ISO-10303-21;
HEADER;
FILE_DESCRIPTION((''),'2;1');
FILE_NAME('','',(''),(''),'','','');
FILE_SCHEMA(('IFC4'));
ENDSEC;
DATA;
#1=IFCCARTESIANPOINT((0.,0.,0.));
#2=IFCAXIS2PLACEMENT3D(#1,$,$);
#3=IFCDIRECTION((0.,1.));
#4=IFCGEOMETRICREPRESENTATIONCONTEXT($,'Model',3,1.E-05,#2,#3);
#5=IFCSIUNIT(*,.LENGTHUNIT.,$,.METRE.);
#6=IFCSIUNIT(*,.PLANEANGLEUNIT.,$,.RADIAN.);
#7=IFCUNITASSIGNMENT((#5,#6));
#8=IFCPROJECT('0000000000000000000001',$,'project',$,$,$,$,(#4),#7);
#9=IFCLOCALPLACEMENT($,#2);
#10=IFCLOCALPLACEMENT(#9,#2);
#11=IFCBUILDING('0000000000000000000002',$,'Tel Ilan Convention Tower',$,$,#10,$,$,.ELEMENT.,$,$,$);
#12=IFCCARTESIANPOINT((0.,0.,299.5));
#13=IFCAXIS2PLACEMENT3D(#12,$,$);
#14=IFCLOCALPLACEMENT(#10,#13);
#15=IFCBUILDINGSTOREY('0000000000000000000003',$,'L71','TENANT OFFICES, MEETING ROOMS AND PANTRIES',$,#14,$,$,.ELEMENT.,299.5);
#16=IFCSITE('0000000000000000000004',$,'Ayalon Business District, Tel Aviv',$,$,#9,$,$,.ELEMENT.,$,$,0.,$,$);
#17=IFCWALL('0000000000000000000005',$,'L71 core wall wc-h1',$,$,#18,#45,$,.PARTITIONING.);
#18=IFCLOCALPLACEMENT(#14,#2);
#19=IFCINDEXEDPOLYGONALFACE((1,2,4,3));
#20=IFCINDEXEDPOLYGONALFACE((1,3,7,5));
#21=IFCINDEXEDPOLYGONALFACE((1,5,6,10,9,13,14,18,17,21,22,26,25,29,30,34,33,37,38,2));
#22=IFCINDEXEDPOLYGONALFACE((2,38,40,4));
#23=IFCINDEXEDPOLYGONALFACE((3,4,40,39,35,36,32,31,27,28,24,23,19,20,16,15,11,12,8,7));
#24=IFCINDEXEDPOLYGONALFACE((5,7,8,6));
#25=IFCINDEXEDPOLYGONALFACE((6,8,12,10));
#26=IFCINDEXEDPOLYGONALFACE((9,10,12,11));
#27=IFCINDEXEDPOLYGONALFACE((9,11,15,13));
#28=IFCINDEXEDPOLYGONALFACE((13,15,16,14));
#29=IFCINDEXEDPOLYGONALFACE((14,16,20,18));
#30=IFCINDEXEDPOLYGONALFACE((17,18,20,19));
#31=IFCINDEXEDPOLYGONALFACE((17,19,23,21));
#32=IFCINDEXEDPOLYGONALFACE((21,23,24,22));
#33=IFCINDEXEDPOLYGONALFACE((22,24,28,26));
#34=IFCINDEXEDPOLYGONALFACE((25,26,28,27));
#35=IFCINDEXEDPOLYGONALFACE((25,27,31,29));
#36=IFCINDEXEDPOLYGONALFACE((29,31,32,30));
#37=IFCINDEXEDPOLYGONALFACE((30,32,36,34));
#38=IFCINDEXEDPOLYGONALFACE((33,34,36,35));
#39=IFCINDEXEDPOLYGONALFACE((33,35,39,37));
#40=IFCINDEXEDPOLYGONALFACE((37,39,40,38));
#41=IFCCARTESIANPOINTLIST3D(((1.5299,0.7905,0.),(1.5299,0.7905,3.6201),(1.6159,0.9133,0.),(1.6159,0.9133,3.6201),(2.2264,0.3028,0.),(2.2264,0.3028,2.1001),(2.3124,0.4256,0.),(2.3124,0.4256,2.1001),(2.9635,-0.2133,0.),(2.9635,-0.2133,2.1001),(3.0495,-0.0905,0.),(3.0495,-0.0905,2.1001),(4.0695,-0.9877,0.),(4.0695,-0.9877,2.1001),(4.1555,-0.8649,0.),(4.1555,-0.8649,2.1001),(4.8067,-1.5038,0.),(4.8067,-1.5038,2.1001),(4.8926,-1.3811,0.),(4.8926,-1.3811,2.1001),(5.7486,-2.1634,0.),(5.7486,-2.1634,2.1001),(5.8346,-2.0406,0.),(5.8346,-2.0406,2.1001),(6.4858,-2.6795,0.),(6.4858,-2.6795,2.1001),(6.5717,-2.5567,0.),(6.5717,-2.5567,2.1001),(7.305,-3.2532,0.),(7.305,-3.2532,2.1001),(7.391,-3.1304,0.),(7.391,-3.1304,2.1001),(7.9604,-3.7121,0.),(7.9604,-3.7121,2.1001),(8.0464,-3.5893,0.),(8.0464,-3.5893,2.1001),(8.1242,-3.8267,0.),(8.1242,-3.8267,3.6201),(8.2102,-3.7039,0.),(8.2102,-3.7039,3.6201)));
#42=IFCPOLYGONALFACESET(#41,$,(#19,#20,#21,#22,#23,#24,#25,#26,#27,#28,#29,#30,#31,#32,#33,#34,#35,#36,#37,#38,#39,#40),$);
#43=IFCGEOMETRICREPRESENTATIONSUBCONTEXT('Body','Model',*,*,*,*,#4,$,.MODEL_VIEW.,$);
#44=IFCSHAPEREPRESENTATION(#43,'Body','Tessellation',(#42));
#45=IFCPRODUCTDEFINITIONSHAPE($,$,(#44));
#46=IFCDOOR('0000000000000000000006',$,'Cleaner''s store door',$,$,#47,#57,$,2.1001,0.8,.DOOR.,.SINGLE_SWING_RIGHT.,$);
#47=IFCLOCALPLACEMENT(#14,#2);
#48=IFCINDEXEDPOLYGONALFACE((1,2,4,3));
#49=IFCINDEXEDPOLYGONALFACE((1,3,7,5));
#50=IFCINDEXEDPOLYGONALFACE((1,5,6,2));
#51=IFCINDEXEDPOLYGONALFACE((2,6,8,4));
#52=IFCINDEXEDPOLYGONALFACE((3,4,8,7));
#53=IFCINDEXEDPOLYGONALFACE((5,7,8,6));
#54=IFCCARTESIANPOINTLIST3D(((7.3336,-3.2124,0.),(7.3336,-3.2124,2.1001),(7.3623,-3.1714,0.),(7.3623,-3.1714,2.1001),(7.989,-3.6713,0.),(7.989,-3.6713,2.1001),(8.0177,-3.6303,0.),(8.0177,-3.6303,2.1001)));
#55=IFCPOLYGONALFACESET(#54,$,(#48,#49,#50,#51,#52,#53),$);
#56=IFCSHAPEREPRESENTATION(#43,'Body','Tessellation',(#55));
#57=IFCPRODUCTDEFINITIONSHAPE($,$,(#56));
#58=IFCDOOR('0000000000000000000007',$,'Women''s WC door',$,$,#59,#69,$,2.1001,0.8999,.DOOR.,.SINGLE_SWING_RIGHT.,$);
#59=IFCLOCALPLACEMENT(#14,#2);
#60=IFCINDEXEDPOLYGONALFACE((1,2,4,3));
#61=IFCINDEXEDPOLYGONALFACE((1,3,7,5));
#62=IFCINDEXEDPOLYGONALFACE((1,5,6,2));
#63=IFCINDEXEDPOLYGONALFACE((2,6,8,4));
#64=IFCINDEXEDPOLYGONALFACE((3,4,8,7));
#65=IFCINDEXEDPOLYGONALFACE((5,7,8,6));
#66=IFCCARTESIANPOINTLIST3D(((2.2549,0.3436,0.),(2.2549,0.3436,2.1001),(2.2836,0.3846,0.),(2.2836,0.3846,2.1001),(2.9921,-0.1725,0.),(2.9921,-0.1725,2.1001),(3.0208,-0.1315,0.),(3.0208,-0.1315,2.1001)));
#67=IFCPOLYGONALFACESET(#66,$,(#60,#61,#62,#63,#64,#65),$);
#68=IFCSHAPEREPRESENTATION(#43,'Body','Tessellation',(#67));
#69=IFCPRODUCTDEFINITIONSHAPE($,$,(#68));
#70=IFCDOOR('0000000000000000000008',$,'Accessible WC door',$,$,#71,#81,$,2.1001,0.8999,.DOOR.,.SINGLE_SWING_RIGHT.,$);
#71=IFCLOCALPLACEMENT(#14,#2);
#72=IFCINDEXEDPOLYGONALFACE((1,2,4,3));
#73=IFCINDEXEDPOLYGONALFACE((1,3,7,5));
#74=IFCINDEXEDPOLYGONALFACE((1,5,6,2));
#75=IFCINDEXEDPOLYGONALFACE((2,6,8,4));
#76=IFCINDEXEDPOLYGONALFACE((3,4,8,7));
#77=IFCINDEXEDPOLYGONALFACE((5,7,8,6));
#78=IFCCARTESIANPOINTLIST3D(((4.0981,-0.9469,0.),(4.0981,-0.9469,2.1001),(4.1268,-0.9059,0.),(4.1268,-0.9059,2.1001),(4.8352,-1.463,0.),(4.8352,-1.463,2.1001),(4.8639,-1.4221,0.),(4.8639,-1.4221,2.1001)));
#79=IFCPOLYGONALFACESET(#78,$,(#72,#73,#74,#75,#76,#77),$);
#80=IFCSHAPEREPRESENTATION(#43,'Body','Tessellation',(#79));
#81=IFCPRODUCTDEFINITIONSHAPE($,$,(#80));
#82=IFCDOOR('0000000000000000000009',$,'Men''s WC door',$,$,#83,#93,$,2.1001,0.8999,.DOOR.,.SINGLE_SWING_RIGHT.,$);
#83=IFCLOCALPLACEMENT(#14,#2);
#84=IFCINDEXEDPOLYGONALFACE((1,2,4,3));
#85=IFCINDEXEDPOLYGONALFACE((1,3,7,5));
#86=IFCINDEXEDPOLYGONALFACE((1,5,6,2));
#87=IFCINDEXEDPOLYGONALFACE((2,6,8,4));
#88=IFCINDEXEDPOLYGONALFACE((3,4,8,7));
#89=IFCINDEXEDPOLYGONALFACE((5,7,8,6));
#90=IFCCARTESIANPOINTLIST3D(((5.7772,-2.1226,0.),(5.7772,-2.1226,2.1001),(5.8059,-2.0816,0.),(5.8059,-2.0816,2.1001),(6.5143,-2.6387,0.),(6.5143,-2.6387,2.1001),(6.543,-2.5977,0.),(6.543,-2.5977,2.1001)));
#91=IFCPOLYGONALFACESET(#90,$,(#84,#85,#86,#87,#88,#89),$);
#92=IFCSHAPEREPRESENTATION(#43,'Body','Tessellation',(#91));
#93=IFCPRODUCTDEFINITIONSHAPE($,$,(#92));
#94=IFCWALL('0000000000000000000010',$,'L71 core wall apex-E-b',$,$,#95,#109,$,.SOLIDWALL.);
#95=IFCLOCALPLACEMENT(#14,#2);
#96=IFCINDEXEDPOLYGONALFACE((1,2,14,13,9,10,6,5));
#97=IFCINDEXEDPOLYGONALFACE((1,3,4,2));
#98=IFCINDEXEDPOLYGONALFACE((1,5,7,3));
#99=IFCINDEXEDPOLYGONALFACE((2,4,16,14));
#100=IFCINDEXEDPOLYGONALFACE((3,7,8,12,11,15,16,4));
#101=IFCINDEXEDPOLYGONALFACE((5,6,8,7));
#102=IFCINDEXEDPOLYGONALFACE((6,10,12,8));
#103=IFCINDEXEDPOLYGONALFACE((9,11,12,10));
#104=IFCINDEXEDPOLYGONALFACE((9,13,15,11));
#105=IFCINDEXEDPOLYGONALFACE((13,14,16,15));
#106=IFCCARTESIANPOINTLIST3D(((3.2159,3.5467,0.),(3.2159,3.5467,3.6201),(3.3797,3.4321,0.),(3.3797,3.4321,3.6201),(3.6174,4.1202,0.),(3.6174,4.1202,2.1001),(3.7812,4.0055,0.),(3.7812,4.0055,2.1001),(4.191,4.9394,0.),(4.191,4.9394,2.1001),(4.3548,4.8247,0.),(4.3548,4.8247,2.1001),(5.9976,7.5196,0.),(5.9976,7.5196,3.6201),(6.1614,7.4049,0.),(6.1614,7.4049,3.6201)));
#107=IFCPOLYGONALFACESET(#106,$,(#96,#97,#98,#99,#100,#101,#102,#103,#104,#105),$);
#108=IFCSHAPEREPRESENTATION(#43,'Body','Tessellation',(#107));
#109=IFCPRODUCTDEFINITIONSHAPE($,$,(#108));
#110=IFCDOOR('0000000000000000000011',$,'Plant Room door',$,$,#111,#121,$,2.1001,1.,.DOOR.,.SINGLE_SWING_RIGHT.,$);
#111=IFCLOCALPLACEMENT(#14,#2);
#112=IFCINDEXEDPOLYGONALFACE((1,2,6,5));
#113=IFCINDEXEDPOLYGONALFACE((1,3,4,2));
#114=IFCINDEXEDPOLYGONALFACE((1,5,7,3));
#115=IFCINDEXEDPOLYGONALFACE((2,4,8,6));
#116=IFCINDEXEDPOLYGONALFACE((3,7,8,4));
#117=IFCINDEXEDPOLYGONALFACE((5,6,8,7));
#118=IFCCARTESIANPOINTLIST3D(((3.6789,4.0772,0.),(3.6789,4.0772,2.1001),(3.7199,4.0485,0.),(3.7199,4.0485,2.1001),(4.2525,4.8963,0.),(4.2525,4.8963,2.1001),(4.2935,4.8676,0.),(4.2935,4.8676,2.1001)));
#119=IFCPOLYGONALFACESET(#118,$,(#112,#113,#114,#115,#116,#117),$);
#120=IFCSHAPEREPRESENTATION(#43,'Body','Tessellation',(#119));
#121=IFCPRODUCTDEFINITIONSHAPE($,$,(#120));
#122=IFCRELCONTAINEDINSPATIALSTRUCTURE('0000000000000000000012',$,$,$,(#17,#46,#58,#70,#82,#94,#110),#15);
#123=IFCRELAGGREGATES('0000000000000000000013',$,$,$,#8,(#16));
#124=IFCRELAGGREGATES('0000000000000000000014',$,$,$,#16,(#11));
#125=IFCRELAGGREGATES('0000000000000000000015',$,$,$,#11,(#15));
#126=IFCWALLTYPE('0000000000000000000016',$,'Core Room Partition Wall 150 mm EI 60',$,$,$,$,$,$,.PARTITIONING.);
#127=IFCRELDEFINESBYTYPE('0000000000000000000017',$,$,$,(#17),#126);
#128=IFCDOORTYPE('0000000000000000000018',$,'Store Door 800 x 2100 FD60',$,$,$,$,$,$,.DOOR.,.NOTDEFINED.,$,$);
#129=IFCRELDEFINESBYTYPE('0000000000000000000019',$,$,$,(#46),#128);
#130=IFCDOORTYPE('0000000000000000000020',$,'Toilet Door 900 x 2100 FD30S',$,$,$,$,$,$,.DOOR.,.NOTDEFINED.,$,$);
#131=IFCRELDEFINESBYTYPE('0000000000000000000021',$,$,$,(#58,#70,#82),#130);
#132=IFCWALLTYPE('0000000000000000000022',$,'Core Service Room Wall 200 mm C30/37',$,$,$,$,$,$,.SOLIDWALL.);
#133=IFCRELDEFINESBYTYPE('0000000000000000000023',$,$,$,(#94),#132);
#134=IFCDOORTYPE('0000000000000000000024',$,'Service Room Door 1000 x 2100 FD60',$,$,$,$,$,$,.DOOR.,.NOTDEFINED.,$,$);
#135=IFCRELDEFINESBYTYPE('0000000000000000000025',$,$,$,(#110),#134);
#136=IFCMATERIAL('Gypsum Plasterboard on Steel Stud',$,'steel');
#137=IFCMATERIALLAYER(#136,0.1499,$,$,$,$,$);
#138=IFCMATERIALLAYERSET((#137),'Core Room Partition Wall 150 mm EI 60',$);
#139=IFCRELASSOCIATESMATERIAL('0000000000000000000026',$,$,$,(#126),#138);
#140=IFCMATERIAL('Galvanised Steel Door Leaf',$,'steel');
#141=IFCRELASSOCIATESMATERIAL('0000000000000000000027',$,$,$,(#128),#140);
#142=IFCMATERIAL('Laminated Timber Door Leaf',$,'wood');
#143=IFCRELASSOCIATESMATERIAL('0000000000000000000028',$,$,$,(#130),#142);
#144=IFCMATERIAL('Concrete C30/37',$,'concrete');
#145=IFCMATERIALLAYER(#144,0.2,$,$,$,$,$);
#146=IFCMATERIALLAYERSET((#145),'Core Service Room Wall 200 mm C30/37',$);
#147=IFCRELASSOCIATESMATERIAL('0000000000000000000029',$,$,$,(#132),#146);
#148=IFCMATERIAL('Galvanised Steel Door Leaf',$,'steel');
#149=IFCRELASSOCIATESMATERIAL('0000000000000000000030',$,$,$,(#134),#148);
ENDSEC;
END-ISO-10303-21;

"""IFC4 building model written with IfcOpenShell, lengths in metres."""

from ifc_helpers import new_model, si_unit, direction, frame, frame_2d, origin, place, context, subcontext, project, spatial, rectangle, extrude, material, layer, layer_set, type_object, element, fill, save


model = new_model("IFC4")

# Units and contexts
model_context = context("Model", 3, precision=1e-05, world=origin(), true_north=direction((0.0, 1.0)))
body_context = subcontext(model_context, "Body", "Model", "MODEL_VIEW")
ifc_project = project(units=[si_unit("LENGTHUNIT", "METRE"), si_unit("PLANEANGLEUNIT", "RADIAN")], contexts=[model_context])

# Site, building, storey
site_placement = place(None, origin())
site = spatial("IfcSite", under=ifc_project, at=site_placement, Name="Ayalon Business District, Tel Aviv", CompositionType="ELEMENT", RefElevation=0.0)
building_placement = place(site_placement, origin())
building = spatial("IfcBuilding", under=site, at=building_placement, Name="Tel Ilan Convention Tower", CompositionType="ELEMENT")
storey_placement = place(building_placement, frame((0.0, 0.0, 299.5)))
storey = spatial("IfcBuildingStorey", under=building, at=storey_placement, Name="L71", Description="TENANT OFFICES, MEETING ROOMS AND PANTRIES", CompositionType="ELEMENT", Elevation=299.5)

# Wall, openings, doors
ifc_material_1 = material(Name="Gypsum Plasterboard on Steel Stud", Category="steel")
ifc_layer_1 = layer(ifc_material_1, 0.1499)
ifc_layer_set_1 = layer_set([ifc_layer_1], Name="Core Room Partition Wall 150 mm EI 60")
wall_type_1 = type_object("IfcWallType", Name="Core Room Partition Wall 150 mm EI 60", PredefinedType="PARTITIONING", material=ifc_layer_set_1)
wall_1_placement = place(storey_placement, frame((1.573, 0.8518, 0.0), z_axis=(0.0, 0.0, 1.0), x_axis=(0.819161, -0.573564, 0.0)))
wall_1 = element("IfcWall", 1, at=wall_1_placement, inside=storey, type_object=wall_type_1, Name="L71 core wall wc-h1", PredefinedType="PARTITIONING", context=body_context, shape_type="SweptSolid", body=[
    extrude(rectangle(XDim=8.05, YDim=0.1499, at=frame_2d((4.0249, 0.0))), origin(), (0.0, 0.0, 1.0), 3.6201),
])
opening_1_placement = place(wall_1_placement, frame((0.8501, 0.0, 0.0)))
opening_1 = element("IfcOpeningElement", 2, at=opening_1_placement, cuts=wall_1, PredefinedType="OPENING", context=body_context, shape_type="SweptSolid", body=[
    extrude(rectangle(XDim=0.8999, YDim=2.1001, at=frame_2d((0.45, 1.05))), frame((0.0, 0.085, 0.0), z_axis=(0.0, -1.0, 0.0), x_axis=(1.0, 0.0, 0.0)), (0.0, 0.0, 1.0), 0.1699),
])
opening_2_placement = place(wall_1_placement, frame((3.1001, 0.0, 0.0)))
opening_2 = element("IfcOpeningElement", 3, at=opening_2_placement, cuts=wall_1, PredefinedType="OPENING", context=body_context, shape_type="SweptSolid", body=[
    extrude(rectangle(XDim=0.8999, YDim=2.1001, at=frame_2d((0.45, 1.05))), frame((0.0, 0.085, 0.0), z_axis=(0.0, -1.0, 0.0), x_axis=(1.0, 0.0, 0.0)), (0.0, 0.0, 1.0), 0.1699),
])
opening_3_placement = place(wall_1_placement, frame((5.1499, 0.0, 0.0)))
opening_3 = element("IfcOpeningElement", 4, at=opening_3_placement, cuts=wall_1, PredefinedType="OPENING", context=body_context, shape_type="SweptSolid", body=[
    extrude(rectangle(XDim=0.8999, YDim=2.1001, at=frame_2d((0.45, 1.05))), frame((0.0, 0.085, 0.0), z_axis=(0.0, -1.0, 0.0), x_axis=(1.0, 0.0, 0.0)), (0.0, 0.0, 1.0), 0.1699),
])
opening_4_placement = place(wall_1_placement, frame((7.05, 0.0, 0.0)))
opening_4 = element("IfcOpeningElement", 5, at=opening_4_placement, cuts=wall_1, PredefinedType="OPENING", context=body_context, shape_type="SweptSolid", body=[
    extrude(rectangle(XDim=0.8, YDim=2.1001, at=frame_2d((0.3999, 1.05))), frame((0.0, 0.085, 0.0), z_axis=(0.0, -1.0, 0.0), x_axis=(1.0, 0.0, 0.0)), (0.0, 0.0, 1.0), 0.1699),
])
ifc_material_2 = material(Name="Galvanised Steel Door Leaf", Category="steel")
door_type_1 = type_object("IfcDoorType", Name="Store Door 800 x 2100 FD60", OperationType="NOTDEFINED", PredefinedType="DOOR", material=ifc_material_2)
door_1_placement = place(opening_4_placement, origin())
door_1 = element("IfcDoor", 6, at=door_1_placement, inside=storey, type_object=door_type_1, Name="Cleaner's store door", OperationType="SINGLE_SWING_RIGHT", OverallHeight=2.1001, OverallWidth=0.8, PredefinedType="DOOR", context=body_context, shape_type="SweptSolid", body=[
    extrude(rectangle(XDim=0.8, YDim=2.1001, at=frame_2d((0.3999, 1.05))), frame((0.0, 0.0249, 0.0), z_axis=(0.0, -1.0, 0.0), x_axis=(1.0, 0.0, 0.0)), (0.0, 0.0, 1.0), 0.05),
])
fill(opening_4, door_1)
ifc_material_3 = material(Name="Laminated Timber Door Leaf", Category="wood")
door_type_2 = type_object("IfcDoorType", Name="Toilet Door 900 x 2100 FD30S", OperationType="NOTDEFINED", PredefinedType="DOOR", material=ifc_material_3)
door_2_placement = place(opening_1_placement, origin())
door_2 = element("IfcDoor", 7, at=door_2_placement, inside=storey, type_object=door_type_2, Name="Women's WC door", OperationType="SINGLE_SWING_RIGHT", OverallHeight=2.1001, OverallWidth=0.8999, PredefinedType="DOOR", context=body_context, shape_type="SweptSolid", body=[
    extrude(rectangle(XDim=0.8999, YDim=2.1001, at=frame_2d((0.45, 1.05))), frame((0.0, 0.0249, 0.0), z_axis=(0.0, -1.0, 0.0), x_axis=(1.0, 0.0, 0.0)), (0.0, 0.0, 1.0), 0.05),
])
fill(opening_1, door_2)
door_3_placement = place(opening_2_placement, origin())
door_3 = element("IfcDoor", 8, at=door_3_placement, inside=storey, type_object=door_type_2, Name="Accessible WC door", OperationType="SINGLE_SWING_RIGHT", OverallHeight=2.1001, OverallWidth=0.8999, PredefinedType="DOOR", context=body_context, shape_type="SweptSolid", body=[
    extrude(rectangle(XDim=0.8999, YDim=2.1001, at=frame_2d((0.45, 1.05))), frame((0.0, 0.0249, 0.0), z_axis=(0.0, -1.0, 0.0), x_axis=(1.0, 0.0, 0.0)), (0.0, 0.0, 1.0), 0.05),
])
fill(opening_2, door_3)
door_4_placement = place(opening_3_placement, origin())
door_4 = element("IfcDoor", 9, at=door_4_placement, inside=storey, type_object=door_type_2, Name="Men's WC door", OperationType="SINGLE_SWING_RIGHT", OverallHeight=2.1001, OverallWidth=0.8999, PredefinedType="DOOR", context=body_context, shape_type="SweptSolid", body=[
    extrude(rectangle(XDim=0.8999, YDim=2.1001, at=frame_2d((0.45, 1.05))), frame((0.0, 0.0249, 0.0), z_axis=(0.0, -1.0, 0.0), x_axis=(1.0, 0.0, 0.0)), (0.0, 0.0, 1.0), 0.05),
])
fill(opening_3, door_4)

# Wall, opening, door
ifc_material_4 = material(Name="Concrete C30/37", Category="concrete")
ifc_layer_2 = layer(ifc_material_4, 0.2)
ifc_layer_set_2 = layer_set([ifc_layer_2], Name="Core Service Room Wall 200 mm C30/37")
wall_type_2 = type_object("IfcWallType", Name="Core Service Room Wall 200 mm C30/37", PredefinedType="SOLIDWALL", material=ifc_layer_set_2)
wall_2_placement = place(storey_placement, frame((3.2979, 3.4895, 0.0), z_axis=(0.0, 0.0, 1.0), x_axis=(0.57356, 0.819163, 0.0)))
wall_2 = element("IfcWall", 10, at=wall_2_placement, inside=storey, type_object=wall_type_2, Name="L71 core wall apex-E-b", PredefinedType="SOLIDWALL", context=body_context, shape_type="SweptSolid", body=[
    extrude(rectangle(XDim=4.8499, YDim=0.2, at=frame_2d((2.4248, 0.0))), origin(), (0.0, 0.0, 1.0), 3.6201),
])
opening_5_placement = place(wall_2_placement, frame((0.7, 0.0, 0.0)))
opening_5 = element("IfcOpeningElement", 11, at=opening_5_placement, cuts=wall_2, PredefinedType="OPENING", context=body_context, shape_type="SweptSolid", body=[
    extrude(rectangle(XDim=1.0, YDim=2.1001, at=frame_2d((0.5, 1.05))), frame((0.0, 0.1099, 0.0), z_axis=(0.0, -1.0, 0.0), x_axis=(1.0, 0.0, 0.0)), (0.0, 0.0, 1.0), 0.22),
])
ifc_material_5 = material(Name="Galvanised Steel Door Leaf", Category="steel")
door_type_3 = type_object("IfcDoorType", Name="Service Room Door 1000 x 2100 FD60", OperationType="NOTDEFINED", PredefinedType="DOOR", material=ifc_material_5)
door_5_placement = place(opening_5_placement, origin())
door_5 = element("IfcDoor", 12, at=door_5_placement, inside=storey, type_object=door_type_3, Name="Plant Room door", OperationType="SINGLE_SWING_RIGHT", OverallHeight=2.1001, OverallWidth=1.0, PredefinedType="DOOR", context=body_context, shape_type="SweptSolid", body=[
    extrude(rectangle(XDim=1.0, YDim=2.1001, at=frame_2d((0.5, 1.05))), frame((0.0, 0.0249, 0.0), z_axis=(0.0, -1.0, 0.0), x_axis=(1.0, 0.0, 0.0)), (0.0, 0.0, 1.0), 0.05),
])
fill(opening_5, door_5)

save(model, "model.ifc")
